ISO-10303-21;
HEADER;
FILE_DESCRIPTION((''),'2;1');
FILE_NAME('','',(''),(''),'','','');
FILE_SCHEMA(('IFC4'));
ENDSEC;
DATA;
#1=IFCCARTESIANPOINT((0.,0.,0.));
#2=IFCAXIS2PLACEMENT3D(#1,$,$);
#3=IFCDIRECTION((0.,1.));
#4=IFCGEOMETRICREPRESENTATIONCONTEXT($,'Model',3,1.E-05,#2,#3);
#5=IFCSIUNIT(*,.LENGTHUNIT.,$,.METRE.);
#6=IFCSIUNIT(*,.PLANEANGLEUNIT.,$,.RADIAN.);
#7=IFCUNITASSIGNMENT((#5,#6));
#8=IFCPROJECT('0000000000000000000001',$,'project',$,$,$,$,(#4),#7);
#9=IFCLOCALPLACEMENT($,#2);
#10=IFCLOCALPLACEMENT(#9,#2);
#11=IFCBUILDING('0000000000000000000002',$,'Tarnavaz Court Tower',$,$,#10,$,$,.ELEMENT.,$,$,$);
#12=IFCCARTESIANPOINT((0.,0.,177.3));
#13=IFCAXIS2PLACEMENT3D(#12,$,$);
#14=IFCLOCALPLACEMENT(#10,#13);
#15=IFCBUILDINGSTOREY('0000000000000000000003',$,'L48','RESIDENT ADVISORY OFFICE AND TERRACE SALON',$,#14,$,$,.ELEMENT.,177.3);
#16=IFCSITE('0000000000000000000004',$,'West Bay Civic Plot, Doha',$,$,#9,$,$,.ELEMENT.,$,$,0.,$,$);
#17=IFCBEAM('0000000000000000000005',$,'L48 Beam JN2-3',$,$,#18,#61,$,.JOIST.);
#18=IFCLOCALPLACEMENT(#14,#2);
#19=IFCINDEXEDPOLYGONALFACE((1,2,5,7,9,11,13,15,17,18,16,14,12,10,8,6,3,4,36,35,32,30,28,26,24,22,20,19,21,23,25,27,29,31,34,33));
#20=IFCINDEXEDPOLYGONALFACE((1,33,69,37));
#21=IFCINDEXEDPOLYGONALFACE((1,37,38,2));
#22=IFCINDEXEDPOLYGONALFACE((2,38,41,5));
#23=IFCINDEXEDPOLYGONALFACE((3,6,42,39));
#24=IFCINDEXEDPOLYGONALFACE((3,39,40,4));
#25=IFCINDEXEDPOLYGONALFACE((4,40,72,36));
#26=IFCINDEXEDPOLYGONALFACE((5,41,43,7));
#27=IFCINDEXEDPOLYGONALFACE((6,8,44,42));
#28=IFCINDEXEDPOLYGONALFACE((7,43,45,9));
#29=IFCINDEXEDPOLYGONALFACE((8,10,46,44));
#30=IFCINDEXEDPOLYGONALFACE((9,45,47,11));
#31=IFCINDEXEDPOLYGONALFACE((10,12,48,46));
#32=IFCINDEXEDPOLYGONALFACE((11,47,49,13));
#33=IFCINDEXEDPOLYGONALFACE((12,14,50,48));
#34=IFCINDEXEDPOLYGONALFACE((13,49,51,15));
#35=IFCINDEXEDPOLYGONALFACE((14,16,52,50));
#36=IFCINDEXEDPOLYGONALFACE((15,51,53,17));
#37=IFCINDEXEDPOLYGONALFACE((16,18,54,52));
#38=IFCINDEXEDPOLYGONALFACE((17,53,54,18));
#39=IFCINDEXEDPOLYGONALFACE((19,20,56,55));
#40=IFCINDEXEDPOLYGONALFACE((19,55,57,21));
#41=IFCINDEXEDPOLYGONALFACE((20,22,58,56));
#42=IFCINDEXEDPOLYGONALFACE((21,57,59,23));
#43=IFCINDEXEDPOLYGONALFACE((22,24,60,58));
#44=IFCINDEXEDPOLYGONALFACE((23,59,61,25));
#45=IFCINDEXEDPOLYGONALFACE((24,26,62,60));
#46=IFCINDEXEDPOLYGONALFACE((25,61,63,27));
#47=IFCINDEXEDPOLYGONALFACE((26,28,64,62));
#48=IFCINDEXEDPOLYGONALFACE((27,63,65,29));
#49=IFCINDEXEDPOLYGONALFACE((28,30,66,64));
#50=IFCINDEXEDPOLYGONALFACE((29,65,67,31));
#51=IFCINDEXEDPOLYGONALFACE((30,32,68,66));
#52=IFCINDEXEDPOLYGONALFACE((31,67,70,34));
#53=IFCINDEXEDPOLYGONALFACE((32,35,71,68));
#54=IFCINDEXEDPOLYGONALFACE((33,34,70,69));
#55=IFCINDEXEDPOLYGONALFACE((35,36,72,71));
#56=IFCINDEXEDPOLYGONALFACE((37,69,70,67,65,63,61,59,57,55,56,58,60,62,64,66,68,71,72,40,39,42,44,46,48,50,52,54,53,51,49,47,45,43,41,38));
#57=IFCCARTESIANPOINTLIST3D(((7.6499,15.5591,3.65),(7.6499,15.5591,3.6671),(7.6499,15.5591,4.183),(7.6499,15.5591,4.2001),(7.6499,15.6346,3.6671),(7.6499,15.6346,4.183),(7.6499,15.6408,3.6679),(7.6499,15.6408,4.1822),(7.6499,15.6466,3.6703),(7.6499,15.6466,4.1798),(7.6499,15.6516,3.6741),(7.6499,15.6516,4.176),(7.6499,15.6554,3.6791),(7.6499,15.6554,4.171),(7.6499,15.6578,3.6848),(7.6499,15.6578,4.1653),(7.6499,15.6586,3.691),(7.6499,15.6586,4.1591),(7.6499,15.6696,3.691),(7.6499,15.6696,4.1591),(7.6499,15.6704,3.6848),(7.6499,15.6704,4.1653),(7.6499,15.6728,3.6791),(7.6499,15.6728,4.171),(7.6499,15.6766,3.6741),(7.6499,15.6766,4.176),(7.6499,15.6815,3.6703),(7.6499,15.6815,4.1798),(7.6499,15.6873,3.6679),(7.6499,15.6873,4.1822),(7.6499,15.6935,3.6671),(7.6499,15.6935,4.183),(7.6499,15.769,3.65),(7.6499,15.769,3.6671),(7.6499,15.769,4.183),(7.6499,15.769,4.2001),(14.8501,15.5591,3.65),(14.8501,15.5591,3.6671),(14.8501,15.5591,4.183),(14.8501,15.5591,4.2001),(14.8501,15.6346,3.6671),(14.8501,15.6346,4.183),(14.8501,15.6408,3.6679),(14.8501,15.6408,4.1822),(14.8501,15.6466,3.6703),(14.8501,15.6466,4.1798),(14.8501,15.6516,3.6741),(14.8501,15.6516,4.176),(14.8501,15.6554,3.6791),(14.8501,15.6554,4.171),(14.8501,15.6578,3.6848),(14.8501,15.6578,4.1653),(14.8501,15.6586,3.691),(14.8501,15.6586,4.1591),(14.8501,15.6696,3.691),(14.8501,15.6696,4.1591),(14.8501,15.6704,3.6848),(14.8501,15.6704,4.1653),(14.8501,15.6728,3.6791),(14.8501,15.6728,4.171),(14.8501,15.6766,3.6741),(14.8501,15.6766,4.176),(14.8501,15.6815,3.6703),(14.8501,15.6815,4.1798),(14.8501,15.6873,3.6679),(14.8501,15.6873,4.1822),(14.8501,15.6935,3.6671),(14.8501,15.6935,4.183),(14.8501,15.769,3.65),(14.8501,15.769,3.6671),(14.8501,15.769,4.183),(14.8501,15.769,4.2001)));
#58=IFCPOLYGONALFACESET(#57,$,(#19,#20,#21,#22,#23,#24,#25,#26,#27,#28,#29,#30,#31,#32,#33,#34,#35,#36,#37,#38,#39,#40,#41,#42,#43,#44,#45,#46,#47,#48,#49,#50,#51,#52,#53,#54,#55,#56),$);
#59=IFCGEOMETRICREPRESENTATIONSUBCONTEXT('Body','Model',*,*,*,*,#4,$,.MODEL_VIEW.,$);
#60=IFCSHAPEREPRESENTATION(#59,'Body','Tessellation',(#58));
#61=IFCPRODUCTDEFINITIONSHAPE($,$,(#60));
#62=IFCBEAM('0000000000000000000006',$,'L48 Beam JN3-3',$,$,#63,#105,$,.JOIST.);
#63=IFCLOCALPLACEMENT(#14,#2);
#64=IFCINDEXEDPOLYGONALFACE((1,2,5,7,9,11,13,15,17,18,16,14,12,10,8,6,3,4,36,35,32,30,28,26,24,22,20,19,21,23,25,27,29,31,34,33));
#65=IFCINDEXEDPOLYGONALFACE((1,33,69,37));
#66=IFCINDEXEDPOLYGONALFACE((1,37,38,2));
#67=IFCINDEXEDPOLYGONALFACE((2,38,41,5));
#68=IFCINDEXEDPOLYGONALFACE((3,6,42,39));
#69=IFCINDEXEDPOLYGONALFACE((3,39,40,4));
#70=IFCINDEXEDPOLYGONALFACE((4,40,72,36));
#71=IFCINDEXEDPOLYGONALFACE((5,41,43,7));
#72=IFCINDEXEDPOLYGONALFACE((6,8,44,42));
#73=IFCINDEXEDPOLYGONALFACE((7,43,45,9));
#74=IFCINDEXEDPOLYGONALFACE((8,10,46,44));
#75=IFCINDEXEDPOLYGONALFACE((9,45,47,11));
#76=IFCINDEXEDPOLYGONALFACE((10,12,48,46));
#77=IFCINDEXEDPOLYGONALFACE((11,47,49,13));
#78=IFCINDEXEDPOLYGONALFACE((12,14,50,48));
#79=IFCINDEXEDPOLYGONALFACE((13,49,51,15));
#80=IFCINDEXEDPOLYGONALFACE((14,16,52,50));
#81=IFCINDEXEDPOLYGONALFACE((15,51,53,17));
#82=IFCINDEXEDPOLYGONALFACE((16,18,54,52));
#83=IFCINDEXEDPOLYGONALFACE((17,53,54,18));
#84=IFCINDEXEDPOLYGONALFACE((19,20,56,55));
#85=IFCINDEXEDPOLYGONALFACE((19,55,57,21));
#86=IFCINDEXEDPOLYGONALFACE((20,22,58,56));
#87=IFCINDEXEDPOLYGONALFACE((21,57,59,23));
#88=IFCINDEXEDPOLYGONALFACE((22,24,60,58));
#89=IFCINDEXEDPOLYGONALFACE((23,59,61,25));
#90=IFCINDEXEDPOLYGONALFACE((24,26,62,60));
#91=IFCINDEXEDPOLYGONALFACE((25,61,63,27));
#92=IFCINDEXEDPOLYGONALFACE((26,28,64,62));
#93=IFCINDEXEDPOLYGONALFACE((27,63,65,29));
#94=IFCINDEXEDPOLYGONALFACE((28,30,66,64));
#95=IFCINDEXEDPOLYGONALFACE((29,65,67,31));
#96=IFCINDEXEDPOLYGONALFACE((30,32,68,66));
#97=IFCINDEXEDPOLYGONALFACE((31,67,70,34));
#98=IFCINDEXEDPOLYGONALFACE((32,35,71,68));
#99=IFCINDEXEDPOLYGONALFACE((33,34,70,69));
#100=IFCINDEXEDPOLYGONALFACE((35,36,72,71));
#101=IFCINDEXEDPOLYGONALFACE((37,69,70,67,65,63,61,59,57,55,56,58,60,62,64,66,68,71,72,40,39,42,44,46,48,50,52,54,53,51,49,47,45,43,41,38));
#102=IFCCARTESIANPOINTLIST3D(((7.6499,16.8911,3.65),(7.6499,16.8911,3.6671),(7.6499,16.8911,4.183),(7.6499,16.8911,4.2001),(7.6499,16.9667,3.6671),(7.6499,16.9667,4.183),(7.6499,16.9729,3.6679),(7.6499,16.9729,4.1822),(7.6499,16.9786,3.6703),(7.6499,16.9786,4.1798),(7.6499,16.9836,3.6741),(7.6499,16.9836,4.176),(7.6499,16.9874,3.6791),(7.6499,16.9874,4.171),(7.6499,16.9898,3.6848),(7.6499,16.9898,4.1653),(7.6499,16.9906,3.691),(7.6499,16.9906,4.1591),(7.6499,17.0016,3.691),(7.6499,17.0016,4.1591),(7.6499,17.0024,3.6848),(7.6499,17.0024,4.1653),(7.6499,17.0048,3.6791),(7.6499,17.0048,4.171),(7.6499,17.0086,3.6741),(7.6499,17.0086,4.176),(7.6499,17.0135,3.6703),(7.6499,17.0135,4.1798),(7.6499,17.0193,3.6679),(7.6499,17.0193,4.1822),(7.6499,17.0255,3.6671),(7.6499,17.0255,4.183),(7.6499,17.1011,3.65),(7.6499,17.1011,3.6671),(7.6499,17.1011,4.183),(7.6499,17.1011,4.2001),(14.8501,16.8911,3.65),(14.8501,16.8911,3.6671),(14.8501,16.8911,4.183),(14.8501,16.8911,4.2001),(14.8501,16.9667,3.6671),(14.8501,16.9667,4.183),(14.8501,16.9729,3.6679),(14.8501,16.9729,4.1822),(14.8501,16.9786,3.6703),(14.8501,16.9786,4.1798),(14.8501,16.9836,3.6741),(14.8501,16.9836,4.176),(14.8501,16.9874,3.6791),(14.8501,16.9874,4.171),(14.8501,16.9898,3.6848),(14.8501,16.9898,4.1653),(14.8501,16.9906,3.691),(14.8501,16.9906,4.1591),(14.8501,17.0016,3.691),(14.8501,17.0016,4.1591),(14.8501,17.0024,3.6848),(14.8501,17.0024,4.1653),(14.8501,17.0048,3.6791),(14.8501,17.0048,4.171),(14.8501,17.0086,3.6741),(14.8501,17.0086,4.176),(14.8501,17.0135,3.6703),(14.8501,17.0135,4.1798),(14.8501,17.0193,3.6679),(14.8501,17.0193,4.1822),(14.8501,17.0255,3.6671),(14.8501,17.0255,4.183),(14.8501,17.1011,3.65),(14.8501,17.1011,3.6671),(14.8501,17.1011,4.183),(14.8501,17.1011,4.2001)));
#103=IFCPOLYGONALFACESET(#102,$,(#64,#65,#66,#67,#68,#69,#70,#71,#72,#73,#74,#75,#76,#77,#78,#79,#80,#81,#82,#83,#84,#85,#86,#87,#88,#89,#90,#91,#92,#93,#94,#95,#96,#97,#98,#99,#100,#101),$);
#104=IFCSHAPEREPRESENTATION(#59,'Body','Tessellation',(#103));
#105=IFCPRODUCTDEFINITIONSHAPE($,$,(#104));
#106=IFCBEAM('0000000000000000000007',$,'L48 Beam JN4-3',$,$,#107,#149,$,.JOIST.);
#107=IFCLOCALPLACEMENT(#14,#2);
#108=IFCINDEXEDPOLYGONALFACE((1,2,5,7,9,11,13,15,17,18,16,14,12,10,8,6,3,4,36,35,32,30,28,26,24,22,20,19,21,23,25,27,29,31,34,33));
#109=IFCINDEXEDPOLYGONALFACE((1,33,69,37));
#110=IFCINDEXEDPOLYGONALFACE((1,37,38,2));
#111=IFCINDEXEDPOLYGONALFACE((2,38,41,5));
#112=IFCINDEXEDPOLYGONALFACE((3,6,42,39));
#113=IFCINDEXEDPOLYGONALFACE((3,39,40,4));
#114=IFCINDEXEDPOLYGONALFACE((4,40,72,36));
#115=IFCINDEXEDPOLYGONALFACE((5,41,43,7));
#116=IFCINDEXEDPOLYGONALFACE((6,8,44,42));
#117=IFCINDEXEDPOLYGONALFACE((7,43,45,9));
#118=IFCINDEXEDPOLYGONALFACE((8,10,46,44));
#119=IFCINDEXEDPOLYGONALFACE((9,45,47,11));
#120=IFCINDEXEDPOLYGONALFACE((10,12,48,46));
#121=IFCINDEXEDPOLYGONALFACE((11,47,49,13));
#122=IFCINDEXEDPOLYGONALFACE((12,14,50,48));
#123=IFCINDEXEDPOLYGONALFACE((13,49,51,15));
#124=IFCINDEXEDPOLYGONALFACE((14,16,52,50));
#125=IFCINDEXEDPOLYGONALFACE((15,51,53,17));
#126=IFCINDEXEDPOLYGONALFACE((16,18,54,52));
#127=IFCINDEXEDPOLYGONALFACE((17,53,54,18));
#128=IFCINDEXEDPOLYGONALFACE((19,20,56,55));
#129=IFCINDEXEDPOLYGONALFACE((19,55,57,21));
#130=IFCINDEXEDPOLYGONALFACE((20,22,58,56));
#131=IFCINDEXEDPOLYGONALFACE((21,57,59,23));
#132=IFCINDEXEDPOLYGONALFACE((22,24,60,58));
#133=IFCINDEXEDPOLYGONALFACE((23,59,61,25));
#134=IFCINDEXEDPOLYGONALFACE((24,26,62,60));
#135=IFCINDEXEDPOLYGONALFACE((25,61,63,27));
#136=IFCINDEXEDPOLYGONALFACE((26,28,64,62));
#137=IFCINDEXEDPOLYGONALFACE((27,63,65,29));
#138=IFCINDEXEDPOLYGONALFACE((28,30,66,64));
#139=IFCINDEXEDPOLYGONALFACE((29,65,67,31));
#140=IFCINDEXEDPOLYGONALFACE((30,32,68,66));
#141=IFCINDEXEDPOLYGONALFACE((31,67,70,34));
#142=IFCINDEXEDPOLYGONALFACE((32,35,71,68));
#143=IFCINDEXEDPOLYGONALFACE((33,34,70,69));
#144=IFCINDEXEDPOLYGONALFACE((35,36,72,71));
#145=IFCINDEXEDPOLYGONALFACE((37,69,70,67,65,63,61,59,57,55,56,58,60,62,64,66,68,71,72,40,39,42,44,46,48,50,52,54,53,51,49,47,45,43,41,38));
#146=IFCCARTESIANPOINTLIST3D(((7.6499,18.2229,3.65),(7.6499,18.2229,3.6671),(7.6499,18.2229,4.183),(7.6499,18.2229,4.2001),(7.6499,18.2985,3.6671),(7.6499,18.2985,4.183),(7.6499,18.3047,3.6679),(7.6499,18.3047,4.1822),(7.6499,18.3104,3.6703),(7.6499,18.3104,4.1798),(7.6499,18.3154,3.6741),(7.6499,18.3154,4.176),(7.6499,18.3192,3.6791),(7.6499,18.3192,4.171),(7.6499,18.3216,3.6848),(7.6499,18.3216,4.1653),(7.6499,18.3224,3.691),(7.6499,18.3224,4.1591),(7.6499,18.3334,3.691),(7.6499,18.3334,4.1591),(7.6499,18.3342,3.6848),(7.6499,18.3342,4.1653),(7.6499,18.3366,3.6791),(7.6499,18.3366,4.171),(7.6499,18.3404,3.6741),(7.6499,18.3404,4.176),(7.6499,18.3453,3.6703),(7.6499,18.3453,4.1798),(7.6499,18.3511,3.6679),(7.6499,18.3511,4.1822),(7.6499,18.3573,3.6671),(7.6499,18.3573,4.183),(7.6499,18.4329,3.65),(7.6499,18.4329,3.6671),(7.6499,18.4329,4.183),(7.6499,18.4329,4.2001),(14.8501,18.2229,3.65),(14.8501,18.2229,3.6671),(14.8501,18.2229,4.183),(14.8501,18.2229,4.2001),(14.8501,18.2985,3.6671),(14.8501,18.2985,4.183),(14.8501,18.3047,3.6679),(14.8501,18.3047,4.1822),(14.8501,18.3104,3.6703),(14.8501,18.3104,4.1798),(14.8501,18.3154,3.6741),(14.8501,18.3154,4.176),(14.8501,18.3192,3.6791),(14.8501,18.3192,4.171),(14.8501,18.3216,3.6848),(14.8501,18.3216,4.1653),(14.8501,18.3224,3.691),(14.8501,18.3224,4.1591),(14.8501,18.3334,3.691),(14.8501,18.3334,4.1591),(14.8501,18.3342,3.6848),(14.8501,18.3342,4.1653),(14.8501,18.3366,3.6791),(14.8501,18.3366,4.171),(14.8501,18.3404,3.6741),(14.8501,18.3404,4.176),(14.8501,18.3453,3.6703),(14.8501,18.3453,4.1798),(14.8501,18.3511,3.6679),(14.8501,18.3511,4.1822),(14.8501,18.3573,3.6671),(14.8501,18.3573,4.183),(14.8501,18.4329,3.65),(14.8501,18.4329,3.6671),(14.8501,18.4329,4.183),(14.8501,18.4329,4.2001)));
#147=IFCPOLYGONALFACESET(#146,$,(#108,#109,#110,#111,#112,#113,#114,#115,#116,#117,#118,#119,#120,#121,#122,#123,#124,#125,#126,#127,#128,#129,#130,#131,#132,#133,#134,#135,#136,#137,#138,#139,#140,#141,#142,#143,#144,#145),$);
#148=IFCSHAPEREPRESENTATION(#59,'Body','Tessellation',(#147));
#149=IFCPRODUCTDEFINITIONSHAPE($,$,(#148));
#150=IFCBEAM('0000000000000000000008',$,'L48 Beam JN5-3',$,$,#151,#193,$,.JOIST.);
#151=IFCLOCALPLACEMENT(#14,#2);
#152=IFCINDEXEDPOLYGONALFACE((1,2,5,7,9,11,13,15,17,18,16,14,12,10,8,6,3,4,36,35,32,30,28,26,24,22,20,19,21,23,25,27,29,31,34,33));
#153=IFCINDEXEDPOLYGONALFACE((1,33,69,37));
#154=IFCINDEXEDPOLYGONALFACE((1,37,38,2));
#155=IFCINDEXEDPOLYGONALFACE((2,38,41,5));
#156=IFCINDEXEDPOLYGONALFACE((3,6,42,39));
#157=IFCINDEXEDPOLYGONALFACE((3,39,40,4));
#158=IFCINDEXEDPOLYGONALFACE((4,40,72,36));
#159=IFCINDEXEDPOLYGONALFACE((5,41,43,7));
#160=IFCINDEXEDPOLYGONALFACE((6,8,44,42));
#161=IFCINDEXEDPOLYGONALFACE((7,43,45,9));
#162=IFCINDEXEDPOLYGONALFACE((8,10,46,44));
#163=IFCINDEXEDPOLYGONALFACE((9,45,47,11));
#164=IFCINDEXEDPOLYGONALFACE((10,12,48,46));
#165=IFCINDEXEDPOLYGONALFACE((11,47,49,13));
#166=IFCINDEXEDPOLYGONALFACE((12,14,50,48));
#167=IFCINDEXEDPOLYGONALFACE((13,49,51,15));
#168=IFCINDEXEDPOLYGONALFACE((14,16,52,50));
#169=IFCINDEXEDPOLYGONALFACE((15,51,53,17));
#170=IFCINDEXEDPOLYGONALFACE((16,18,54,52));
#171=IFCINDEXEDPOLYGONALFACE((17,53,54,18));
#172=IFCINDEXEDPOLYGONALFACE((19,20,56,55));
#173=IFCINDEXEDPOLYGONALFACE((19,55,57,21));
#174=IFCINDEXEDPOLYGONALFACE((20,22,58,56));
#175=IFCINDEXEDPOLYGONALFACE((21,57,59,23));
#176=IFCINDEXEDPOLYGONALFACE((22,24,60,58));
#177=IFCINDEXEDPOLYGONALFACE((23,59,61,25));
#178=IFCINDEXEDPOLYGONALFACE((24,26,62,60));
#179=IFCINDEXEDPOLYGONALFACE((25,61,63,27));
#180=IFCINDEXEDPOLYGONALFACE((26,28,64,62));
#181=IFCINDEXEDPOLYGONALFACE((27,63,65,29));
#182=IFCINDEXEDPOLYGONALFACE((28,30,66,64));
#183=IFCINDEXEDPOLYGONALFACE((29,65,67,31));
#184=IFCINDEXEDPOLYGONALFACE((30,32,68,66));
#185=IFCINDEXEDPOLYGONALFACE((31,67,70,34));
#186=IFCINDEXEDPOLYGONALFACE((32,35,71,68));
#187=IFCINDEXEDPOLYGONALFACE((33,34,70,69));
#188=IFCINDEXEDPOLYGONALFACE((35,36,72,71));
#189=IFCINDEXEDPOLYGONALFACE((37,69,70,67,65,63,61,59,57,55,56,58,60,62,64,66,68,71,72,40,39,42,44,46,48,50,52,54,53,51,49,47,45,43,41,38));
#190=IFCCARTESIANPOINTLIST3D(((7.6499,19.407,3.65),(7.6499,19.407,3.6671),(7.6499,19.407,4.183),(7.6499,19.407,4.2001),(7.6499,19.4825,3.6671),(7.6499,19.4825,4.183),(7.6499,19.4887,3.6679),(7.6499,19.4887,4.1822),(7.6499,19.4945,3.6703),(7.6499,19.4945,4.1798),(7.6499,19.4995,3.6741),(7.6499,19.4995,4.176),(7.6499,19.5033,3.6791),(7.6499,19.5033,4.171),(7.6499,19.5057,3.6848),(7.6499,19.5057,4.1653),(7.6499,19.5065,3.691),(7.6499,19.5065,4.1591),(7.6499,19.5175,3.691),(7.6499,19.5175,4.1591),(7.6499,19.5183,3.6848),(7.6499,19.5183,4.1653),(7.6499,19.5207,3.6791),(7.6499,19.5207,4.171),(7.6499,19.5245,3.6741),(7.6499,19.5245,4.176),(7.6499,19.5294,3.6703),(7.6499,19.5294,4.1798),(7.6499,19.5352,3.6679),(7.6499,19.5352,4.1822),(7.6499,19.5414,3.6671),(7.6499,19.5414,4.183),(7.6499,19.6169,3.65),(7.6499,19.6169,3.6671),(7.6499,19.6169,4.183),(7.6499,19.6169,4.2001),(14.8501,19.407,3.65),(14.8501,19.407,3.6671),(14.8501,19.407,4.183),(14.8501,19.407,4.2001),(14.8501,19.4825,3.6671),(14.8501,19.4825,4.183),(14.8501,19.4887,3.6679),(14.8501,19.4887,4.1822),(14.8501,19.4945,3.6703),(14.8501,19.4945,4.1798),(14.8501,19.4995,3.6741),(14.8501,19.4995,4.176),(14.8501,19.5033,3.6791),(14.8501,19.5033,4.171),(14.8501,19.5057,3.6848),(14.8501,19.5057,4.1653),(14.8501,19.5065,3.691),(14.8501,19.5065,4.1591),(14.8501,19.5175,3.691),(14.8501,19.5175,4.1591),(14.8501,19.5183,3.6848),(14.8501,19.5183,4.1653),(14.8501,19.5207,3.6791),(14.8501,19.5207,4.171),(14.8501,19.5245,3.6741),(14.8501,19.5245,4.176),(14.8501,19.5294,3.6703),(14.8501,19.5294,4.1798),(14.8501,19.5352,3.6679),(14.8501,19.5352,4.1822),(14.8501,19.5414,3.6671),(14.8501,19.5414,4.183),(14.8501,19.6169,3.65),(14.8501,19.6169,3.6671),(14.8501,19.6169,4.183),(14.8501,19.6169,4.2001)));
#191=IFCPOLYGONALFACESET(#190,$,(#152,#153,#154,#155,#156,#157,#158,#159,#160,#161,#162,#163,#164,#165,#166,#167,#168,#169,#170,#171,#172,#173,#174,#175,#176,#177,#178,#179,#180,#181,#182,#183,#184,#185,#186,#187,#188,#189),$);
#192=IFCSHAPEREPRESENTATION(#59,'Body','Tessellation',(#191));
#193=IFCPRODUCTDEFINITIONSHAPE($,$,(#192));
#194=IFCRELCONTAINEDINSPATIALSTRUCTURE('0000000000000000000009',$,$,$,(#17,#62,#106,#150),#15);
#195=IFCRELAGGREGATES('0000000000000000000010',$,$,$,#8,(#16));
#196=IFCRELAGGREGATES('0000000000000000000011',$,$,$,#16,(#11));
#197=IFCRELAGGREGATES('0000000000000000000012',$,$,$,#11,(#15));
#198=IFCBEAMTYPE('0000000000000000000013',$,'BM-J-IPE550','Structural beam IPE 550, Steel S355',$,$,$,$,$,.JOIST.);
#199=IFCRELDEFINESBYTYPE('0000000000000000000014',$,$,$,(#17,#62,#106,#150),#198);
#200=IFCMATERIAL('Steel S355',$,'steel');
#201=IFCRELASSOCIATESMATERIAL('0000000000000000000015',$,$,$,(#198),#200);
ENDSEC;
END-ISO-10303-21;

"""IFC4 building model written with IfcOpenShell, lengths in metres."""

from ifc_helpers import new_model, si_unit, direction, frame, origin, origin_2d, place, context, subcontext, project, spatial, i_section, extrude, material, material_profile, profile_set, type_object, element, save


model = new_model("IFC4")

# Units and contexts
model_context = context("Model", 3, precision=1e-05, world=origin(), true_north=direction((0.0, 1.0)))
body_context = subcontext(model_context, "Body", "Model", "MODEL_VIEW")
ifc_project = project(units=[si_unit("LENGTHUNIT", "METRE"), si_unit("PLANEANGLEUNIT", "RADIAN")], contexts=[model_context])

# Site, building, storey
site_placement = place(None, origin())
site = spatial("IfcSite", under=ifc_project, at=site_placement, Name="West Bay Civic Plot, Doha", CompositionType="ELEMENT", RefElevation=0.0)
building_placement = place(site_placement, origin())
building = spatial("IfcBuilding", under=site, at=building_placement, Name="Tarnavaz Court Tower", CompositionType="ELEMENT")
storey_placement = place(building_placement, frame((0.0, 0.0, 177.3)))
storey = spatial("IfcBuildingStorey", under=building, at=storey_placement, Name="L48", Description="RESIDENT ADVISORY OFFICE AND TERRACE SALON", CompositionType="ELEMENT", Elevation=177.3)

# Beams
ifc_material_1 = material(Name="Steel S355", Category="steel")
ifc_material_profile_1 = material_profile(ifc_material_1, i_section(OverallWidth=0.21, OverallDepth=0.55, WebThickness=0.011, FlangeThickness=0.0171, FilletRadius=0.0239, at=origin_2d()), Name="IPE 550")
ifc_profile_set_1 = profile_set([ifc_material_profile_1], Name="Steel S355")
beam_type_1 = type_object("IfcBeamType", Name="BM-J-IPE550", Description="Structural beam IPE 550, Steel S355", PredefinedType="JOIST", material=ifc_profile_set_1)
for number, where, z_axis, x_axis, name in (
    (1, (7.6499, 15.6641, 3.925), (1.0, 0.0, 0.0), (0.0, 1.0, 0.0), "L48 Beam JN2-3"),
    (2, (7.6499, 16.9961, 3.925), (1.0, 0.0, 0.0), (0.0, 1.0, 0.0), "L48 Beam JN3-3"),
    (3, (7.6499, 18.3279, 3.925), (1.0, 0.0, 0.0), (0.0, 1.0, 0.0), "L48 Beam JN4-3"),
    (4, (7.6499, 19.512, 3.925), (1.0, 0.0, 0.0), (0.0, 1.0, 0.0), "L48 Beam JN5-3"),
):
    element("IfcBeam", number, at=place(storey_placement, frame(where, z_axis=z_axis, x_axis=x_axis)), inside=storey, type_object=beam_type_1, Name=name, PredefinedType="JOIST", context=body_context, shape_type="SweptSolid", body=[
        extrude(i_section(OverallWidth=0.21, OverallDepth=0.55, WebThickness=0.011, FlangeThickness=0.0171, FilletRadius=0.0239, at=origin_2d()), origin(), (0.0, 0.0, 1.0), 7.2002),
    ])

save(model, "model.ifc")
